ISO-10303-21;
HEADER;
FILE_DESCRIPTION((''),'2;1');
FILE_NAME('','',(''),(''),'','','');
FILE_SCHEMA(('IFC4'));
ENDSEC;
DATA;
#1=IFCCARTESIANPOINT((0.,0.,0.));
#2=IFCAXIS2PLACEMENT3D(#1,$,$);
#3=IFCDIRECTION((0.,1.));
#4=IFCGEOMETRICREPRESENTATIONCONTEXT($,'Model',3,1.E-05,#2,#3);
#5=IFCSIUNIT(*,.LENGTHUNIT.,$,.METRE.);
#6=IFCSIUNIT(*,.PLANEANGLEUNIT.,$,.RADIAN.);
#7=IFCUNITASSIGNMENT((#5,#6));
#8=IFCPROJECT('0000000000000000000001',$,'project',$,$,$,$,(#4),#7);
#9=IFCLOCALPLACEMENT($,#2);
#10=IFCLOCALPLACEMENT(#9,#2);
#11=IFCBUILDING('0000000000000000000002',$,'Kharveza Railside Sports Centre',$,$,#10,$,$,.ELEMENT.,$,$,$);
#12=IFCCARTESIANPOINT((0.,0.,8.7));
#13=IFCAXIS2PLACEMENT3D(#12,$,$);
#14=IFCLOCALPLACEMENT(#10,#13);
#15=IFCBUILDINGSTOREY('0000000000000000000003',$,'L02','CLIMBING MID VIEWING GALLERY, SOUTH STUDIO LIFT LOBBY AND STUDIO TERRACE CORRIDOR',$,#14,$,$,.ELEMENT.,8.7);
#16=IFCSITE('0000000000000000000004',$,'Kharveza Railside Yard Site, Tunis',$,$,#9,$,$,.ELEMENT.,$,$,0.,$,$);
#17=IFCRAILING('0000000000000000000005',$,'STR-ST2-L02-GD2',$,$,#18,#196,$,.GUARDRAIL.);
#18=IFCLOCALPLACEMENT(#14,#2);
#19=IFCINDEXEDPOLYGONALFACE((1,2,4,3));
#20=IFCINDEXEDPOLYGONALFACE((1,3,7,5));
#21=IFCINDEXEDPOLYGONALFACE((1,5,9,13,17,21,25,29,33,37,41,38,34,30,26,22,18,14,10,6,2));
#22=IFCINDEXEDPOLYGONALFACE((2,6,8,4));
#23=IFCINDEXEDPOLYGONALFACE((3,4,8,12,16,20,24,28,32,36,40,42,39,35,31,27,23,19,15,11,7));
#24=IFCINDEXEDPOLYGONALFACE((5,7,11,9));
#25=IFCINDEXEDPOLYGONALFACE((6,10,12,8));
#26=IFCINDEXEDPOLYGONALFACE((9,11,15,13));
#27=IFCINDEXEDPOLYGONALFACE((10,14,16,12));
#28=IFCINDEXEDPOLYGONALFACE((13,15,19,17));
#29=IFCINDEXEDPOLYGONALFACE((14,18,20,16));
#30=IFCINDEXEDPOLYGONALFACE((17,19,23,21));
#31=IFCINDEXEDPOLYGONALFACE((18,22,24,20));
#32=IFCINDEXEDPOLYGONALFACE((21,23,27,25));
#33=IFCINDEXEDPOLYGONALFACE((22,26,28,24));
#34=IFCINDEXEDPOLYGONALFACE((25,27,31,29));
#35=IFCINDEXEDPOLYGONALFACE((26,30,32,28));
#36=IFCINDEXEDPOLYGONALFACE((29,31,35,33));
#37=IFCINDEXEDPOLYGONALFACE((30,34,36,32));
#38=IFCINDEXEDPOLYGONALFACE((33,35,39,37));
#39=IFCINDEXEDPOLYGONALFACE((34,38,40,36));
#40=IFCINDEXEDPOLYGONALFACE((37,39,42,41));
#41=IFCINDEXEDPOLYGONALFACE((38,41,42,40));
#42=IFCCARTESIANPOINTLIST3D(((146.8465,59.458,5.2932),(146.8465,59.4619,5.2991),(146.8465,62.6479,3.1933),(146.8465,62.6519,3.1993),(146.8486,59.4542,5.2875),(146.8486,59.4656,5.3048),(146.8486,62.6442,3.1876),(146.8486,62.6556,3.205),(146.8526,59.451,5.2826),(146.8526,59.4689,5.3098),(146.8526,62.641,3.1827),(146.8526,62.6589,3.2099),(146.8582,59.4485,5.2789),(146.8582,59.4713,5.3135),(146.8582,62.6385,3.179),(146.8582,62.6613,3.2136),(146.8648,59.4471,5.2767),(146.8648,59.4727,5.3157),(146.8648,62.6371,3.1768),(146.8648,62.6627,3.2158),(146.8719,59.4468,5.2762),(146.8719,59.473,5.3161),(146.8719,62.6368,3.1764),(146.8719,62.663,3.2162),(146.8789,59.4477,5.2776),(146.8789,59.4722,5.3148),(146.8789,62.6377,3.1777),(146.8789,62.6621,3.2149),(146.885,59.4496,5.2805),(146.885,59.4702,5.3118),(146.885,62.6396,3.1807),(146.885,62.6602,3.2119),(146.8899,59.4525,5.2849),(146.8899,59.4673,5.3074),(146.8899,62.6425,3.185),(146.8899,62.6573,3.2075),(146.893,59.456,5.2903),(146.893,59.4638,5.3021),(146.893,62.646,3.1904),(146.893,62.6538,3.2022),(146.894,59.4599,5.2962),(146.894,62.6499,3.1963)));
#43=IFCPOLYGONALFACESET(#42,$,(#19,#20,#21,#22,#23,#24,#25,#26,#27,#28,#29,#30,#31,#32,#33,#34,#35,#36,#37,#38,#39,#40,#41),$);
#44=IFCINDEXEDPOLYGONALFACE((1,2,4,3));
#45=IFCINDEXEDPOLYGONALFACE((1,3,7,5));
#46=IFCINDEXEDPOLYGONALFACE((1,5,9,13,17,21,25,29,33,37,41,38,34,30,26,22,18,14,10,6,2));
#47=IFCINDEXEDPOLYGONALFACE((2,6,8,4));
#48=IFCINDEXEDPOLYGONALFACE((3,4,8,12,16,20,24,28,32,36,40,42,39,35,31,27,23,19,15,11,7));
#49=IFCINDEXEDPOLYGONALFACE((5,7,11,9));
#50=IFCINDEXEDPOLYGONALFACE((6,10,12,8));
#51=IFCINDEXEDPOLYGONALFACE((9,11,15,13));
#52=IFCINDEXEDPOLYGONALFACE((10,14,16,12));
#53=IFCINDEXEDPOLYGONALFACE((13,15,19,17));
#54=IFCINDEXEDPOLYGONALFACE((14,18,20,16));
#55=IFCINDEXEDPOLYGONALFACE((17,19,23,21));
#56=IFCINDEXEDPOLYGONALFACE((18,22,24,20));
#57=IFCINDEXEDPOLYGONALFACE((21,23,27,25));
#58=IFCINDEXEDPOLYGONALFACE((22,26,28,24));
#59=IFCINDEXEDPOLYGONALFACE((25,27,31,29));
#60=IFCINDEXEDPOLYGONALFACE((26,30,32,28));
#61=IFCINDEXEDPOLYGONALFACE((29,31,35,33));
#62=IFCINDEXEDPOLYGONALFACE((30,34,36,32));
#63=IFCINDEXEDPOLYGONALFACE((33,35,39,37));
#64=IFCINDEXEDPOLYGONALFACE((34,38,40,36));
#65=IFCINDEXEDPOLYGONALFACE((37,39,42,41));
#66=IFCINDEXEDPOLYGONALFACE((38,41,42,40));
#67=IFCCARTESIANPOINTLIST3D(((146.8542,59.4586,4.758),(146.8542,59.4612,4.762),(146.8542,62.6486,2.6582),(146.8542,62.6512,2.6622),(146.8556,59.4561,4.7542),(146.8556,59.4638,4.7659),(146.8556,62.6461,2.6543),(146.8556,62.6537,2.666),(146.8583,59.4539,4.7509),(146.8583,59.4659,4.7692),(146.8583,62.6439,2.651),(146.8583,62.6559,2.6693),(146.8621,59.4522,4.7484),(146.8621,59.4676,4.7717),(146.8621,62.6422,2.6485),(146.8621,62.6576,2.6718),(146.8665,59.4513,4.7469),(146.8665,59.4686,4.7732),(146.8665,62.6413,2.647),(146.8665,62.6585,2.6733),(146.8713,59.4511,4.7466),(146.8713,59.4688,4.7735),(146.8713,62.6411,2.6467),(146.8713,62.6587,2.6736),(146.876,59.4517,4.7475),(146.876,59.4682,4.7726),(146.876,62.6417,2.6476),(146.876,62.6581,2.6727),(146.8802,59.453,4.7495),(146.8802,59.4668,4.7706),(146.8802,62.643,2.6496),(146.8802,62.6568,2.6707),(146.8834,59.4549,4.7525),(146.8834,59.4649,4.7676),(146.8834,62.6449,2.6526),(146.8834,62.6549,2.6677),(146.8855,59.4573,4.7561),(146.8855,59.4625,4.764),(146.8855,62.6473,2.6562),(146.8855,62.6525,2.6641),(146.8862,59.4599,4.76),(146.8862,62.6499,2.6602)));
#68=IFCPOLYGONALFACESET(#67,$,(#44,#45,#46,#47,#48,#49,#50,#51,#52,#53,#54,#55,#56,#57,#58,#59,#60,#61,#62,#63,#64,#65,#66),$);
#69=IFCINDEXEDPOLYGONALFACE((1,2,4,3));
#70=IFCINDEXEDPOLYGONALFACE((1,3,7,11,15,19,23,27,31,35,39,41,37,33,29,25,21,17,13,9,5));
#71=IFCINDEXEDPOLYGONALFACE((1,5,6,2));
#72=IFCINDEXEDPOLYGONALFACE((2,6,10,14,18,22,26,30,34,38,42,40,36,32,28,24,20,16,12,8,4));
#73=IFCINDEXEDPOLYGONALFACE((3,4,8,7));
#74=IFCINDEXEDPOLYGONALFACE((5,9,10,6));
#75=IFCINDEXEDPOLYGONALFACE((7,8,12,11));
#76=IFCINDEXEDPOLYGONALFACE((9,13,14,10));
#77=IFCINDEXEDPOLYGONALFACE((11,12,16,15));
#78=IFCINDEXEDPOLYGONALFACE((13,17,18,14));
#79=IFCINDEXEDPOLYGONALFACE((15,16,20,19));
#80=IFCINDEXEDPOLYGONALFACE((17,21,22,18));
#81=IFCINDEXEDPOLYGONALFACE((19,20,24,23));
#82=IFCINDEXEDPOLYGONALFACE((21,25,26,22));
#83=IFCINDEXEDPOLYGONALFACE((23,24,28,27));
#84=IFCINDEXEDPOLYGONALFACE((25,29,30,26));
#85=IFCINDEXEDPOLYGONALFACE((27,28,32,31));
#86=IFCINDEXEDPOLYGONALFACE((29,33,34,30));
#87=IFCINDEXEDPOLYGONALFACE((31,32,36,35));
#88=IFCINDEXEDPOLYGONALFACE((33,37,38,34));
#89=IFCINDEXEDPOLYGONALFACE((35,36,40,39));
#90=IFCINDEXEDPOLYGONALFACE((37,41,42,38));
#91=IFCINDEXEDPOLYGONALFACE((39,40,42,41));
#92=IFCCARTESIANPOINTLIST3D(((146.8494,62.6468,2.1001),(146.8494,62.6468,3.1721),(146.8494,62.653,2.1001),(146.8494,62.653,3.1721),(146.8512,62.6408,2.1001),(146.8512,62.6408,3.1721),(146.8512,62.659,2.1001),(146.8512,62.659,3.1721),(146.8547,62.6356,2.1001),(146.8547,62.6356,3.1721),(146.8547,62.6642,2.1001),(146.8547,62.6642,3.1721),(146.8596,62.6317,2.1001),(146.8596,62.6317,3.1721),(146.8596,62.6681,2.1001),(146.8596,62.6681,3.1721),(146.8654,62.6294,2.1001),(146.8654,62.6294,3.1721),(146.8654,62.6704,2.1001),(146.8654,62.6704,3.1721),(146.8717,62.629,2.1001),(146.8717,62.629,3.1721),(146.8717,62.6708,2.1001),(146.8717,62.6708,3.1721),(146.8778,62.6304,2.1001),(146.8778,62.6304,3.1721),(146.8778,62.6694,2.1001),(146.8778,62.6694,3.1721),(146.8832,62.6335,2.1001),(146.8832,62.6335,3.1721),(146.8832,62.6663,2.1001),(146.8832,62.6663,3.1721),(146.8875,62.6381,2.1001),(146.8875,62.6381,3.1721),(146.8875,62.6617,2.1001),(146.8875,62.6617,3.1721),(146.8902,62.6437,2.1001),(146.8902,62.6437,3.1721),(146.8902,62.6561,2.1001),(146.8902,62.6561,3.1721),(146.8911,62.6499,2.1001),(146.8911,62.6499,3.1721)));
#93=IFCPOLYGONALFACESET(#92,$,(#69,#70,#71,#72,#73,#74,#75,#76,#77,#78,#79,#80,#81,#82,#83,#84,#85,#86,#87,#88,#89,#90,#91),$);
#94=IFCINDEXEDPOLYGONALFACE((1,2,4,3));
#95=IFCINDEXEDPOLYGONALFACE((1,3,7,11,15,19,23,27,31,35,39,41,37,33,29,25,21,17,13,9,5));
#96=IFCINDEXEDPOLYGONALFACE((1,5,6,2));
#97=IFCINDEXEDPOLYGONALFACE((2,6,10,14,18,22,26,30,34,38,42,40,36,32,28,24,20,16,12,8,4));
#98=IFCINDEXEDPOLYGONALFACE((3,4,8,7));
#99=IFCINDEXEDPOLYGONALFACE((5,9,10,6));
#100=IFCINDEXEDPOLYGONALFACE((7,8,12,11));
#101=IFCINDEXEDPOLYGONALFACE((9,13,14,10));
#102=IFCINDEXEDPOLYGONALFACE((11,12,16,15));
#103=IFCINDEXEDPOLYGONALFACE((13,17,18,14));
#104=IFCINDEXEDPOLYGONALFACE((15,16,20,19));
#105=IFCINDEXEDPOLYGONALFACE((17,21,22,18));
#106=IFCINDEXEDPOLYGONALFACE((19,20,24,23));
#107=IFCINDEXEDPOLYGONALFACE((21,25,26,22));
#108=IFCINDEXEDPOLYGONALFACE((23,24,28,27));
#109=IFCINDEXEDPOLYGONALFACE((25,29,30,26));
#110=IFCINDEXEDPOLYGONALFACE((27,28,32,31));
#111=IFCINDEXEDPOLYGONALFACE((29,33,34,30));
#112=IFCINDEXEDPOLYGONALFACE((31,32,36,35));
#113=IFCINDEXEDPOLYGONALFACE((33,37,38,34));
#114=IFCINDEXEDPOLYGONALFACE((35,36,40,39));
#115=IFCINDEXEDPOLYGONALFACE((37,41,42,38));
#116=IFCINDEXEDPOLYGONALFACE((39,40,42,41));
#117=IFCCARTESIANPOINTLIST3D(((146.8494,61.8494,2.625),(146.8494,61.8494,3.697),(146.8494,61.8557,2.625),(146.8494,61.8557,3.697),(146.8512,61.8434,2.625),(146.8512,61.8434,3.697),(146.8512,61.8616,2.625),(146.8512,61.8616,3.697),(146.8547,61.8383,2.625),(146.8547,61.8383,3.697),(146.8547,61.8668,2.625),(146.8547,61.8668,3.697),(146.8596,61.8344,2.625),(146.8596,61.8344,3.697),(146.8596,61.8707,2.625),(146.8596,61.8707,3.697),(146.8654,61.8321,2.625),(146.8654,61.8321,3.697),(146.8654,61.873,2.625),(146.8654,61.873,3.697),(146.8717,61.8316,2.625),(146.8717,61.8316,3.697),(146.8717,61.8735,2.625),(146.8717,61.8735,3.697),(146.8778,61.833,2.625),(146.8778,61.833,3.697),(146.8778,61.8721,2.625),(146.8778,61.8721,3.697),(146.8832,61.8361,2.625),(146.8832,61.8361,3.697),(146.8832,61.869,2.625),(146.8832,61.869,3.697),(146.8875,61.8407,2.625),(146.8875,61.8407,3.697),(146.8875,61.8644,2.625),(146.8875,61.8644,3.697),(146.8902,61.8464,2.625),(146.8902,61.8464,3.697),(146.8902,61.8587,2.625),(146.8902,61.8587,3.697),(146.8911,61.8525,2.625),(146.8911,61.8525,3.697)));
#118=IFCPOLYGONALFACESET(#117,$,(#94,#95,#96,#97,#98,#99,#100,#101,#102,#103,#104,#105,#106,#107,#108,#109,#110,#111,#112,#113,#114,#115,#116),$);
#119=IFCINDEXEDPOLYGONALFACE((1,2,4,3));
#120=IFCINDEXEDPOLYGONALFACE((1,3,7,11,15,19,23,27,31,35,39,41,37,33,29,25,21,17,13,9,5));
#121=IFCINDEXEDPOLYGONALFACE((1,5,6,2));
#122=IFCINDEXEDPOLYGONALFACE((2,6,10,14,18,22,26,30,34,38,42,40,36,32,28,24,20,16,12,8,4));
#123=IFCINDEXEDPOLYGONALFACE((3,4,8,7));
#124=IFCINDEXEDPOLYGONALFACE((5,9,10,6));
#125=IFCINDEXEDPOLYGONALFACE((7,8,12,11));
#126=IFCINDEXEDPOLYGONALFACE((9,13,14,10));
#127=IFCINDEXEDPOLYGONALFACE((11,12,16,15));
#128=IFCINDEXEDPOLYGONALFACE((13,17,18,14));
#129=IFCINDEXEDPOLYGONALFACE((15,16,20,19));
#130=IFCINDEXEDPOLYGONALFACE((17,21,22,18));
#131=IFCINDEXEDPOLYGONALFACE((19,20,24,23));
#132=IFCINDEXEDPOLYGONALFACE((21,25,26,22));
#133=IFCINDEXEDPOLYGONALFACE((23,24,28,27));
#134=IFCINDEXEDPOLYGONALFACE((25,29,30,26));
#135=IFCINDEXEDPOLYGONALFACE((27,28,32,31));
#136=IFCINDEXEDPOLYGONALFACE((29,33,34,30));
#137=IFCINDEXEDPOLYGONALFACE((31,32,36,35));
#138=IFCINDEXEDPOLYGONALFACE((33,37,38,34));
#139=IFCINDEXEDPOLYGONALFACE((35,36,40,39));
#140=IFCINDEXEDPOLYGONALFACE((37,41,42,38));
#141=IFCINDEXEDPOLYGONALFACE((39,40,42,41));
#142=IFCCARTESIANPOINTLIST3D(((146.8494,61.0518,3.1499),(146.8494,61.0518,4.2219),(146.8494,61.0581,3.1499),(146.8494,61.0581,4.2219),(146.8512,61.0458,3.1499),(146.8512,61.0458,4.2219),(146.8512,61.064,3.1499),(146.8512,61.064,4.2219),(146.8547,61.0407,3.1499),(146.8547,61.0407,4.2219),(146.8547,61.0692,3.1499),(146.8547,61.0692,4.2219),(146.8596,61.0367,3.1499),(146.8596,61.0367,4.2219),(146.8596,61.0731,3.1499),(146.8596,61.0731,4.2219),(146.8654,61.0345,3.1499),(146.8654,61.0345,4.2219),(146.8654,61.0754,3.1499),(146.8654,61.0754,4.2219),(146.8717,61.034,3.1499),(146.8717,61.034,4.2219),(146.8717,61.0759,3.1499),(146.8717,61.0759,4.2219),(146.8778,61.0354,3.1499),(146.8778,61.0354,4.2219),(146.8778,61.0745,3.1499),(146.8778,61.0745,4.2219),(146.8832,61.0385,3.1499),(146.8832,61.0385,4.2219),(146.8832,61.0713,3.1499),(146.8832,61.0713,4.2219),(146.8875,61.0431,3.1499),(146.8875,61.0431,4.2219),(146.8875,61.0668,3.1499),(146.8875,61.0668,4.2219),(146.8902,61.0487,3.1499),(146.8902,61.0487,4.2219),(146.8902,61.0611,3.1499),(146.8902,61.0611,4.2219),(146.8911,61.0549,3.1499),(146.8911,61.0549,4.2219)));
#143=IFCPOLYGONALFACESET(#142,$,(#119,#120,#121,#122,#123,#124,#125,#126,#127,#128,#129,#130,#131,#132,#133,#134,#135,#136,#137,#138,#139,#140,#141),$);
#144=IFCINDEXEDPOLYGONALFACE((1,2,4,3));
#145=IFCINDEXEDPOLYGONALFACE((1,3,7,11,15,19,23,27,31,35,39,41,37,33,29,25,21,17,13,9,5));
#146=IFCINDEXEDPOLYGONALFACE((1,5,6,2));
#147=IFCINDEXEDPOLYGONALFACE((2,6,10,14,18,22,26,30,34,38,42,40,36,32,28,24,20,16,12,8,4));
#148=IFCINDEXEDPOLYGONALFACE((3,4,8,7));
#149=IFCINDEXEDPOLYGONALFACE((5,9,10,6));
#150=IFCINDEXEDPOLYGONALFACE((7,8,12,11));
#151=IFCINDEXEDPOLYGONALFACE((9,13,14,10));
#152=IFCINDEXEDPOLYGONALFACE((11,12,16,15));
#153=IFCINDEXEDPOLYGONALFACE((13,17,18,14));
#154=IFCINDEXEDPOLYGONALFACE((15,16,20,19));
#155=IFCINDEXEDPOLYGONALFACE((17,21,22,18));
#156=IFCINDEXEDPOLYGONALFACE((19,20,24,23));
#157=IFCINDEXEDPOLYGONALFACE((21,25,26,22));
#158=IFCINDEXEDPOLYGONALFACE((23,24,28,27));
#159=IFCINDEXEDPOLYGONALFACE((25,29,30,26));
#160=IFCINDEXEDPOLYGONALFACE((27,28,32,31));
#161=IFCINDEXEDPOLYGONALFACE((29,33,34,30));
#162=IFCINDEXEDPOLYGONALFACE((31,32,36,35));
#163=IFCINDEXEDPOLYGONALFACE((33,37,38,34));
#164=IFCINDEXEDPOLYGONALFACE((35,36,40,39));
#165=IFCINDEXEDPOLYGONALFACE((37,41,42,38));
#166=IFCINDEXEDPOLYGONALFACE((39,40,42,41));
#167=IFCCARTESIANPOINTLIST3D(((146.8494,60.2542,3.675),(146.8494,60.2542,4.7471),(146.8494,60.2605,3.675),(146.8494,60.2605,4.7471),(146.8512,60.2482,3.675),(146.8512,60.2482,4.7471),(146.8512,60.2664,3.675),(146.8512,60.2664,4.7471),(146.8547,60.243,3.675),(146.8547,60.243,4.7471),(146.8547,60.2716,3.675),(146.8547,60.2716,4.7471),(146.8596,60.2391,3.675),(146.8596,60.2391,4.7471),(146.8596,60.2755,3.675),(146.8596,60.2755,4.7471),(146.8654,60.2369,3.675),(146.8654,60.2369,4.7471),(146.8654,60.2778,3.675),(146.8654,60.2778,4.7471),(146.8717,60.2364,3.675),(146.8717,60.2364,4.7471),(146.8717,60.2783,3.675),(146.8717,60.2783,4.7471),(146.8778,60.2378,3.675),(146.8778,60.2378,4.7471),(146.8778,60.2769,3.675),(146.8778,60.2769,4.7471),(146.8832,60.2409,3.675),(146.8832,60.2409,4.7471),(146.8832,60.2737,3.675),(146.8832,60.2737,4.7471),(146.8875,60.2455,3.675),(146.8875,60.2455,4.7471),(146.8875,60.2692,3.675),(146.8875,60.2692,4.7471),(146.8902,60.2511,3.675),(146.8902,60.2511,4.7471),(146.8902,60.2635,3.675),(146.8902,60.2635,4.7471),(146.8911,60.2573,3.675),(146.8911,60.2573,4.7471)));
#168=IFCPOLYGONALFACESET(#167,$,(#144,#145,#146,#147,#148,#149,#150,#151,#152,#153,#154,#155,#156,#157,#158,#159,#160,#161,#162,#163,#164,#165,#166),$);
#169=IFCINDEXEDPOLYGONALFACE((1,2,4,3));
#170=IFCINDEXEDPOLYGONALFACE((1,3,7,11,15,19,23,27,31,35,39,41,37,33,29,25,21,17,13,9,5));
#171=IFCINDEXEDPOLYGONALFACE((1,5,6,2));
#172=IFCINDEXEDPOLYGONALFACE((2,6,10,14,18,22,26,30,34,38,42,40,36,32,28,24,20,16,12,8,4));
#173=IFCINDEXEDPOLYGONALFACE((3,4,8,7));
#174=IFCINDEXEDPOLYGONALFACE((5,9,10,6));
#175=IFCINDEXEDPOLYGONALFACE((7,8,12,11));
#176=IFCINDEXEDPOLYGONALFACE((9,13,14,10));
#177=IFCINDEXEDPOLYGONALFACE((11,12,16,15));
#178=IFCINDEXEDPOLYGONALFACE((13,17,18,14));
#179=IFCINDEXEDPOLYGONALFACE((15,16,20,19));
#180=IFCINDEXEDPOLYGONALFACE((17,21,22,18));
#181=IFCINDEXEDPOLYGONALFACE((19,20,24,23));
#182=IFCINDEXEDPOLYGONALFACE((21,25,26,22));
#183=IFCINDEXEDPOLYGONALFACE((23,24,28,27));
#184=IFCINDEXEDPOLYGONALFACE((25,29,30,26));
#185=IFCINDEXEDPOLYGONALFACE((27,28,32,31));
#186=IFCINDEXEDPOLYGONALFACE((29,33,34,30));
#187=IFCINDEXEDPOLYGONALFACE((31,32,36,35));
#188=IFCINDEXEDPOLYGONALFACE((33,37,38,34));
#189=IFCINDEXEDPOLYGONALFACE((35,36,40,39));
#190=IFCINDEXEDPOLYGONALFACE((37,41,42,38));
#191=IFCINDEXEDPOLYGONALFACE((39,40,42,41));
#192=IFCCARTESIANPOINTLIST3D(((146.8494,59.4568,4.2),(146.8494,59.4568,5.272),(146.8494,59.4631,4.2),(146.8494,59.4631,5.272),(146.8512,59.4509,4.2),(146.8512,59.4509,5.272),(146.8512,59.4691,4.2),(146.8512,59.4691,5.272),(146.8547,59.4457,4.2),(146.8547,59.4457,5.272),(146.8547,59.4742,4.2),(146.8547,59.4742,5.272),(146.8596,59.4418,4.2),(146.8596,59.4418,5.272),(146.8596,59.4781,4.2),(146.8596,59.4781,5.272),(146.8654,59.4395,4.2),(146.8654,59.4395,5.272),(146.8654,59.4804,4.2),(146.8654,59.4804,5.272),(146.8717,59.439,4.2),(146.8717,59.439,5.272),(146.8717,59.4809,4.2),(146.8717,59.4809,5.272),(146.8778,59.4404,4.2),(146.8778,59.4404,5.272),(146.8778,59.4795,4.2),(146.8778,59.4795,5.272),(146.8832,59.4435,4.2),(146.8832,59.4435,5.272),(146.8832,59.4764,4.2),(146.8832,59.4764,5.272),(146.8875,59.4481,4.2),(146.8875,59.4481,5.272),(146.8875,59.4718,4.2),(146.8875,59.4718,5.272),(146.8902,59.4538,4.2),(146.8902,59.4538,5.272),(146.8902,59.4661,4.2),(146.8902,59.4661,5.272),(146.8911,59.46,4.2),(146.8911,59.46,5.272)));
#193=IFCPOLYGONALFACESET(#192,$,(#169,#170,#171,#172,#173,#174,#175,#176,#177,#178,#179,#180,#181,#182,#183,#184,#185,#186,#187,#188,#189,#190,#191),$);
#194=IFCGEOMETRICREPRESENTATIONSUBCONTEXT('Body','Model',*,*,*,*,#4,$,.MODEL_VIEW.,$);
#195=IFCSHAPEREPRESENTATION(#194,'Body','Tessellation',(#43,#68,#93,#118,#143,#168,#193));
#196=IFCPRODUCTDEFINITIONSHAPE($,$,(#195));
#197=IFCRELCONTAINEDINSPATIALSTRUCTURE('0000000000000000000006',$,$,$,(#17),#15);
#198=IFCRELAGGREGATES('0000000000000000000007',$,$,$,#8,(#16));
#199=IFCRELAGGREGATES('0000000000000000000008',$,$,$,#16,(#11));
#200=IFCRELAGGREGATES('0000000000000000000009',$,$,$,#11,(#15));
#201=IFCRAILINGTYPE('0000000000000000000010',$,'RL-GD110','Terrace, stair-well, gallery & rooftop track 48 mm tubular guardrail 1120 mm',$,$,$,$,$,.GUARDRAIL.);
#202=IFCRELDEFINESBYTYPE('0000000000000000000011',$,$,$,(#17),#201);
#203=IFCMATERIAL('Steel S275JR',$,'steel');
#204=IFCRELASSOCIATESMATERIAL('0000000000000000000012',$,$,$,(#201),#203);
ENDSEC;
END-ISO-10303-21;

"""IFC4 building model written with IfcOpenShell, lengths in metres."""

from ifc_helpers import new_model, si_unit, direction, frame, origin, origin_2d, place, context, subcontext, project, spatial, circle, extrude, material, type_object, element, save


model = new_model("IFC4")

# Units and contexts
model_context = context("Model", 3, precision=1e-05, world=origin(), true_north=direction((0.0, 1.0)))
body_context = subcontext(model_context, "Body", "Model", "MODEL_VIEW")
ifc_project = project(units=[si_unit("LENGTHUNIT", "METRE"), si_unit("PLANEANGLEUNIT", "RADIAN")], contexts=[model_context])

# Site, building, storey
site_placement = place(None, origin())
site = spatial("IfcSite", under=ifc_project, at=site_placement, Name="Kharveza Railside Yard Site, Tunis", CompositionType="ELEMENT", RefElevation=0.0)
building_placement = place(site_placement, origin())
building = spatial("IfcBuilding", under=site, at=building_placement, Name="Kharveza Railside Sports Centre", CompositionType="ELEMENT")
storey_placement = place(building_placement, frame((0.0, 0.0, 8.7)))
storey = spatial("IfcBuildingStorey", under=building, at=storey_placement, Name="L02", Description="CLIMBING MID VIEWING GALLERY, SOUTH STUDIO LIFT LOBBY AND STUDIO TERRACE CORRIDOR", CompositionType="ELEMENT", Elevation=8.7)

# Railing
ifc_material_1 = material(Name="Steel S275JR", Category="steel")
railing_type_1 = type_object("IfcRailingType", Name="RL-GD110", Description="Terrace, stair-well, gallery & rooftop track 48 mm tubular guardrail 1120 mm", PredefinedType="GUARDRAIL", material=ifc_material_1)
railing_1_placement = place(storey_placement, frame((146.8701, 62.6499, 2.1001)))
element("IfcRailing", 1, at=railing_1_placement, inside=storey, type_object=railing_type_1, Name="STR-ST2-L02-GD2", PredefinedType="GUARDRAIL", context=body_context, shape_type="SweptSolid", body=[
    extrude(circle(Radius=0.0239, at=origin_2d()), frame((0.0, 0.0, 1.0962), z_axis=(0.0, -0.835272, 0.549837), x_axis=(1.0, 0.0, 0.0)), (0.0, 0.0, 1.0), 3.8191),
    extrude(circle(Radius=0.0161, at=origin_2d()), frame((0.0, 0.0, 0.5601), z_axis=(0.0, -0.835272, 0.549837), x_axis=(1.0, 0.0, 0.0)), (0.0, 0.0, 1.0), 3.8191),
    extrude(circle(Radius=0.021, at=origin_2d()), origin(), (0.0, 0.0, 1.0), 1.072),
    extrude(circle(Radius=0.021, at=origin_2d()), frame((0.0, -0.7974, 0.5249)), (0.0, 0.0, 1.0), 1.072),
    extrude(circle(Radius=0.021, at=origin_2d()), frame((0.0, -1.595, 1.0498)), (0.0, 0.0, 1.0), 1.072),
    extrude(circle(Radius=0.021, at=origin_2d()), frame((0.0, -2.3926, 1.575)), (0.0, 0.0, 1.0), 1.072),
    extrude(circle(Radius=0.021, at=origin_2d()), frame((0.0, -3.1899, 2.0999)), (0.0, 0.0, 1.0), 1.072),
])

save(model, "model.ifc")
